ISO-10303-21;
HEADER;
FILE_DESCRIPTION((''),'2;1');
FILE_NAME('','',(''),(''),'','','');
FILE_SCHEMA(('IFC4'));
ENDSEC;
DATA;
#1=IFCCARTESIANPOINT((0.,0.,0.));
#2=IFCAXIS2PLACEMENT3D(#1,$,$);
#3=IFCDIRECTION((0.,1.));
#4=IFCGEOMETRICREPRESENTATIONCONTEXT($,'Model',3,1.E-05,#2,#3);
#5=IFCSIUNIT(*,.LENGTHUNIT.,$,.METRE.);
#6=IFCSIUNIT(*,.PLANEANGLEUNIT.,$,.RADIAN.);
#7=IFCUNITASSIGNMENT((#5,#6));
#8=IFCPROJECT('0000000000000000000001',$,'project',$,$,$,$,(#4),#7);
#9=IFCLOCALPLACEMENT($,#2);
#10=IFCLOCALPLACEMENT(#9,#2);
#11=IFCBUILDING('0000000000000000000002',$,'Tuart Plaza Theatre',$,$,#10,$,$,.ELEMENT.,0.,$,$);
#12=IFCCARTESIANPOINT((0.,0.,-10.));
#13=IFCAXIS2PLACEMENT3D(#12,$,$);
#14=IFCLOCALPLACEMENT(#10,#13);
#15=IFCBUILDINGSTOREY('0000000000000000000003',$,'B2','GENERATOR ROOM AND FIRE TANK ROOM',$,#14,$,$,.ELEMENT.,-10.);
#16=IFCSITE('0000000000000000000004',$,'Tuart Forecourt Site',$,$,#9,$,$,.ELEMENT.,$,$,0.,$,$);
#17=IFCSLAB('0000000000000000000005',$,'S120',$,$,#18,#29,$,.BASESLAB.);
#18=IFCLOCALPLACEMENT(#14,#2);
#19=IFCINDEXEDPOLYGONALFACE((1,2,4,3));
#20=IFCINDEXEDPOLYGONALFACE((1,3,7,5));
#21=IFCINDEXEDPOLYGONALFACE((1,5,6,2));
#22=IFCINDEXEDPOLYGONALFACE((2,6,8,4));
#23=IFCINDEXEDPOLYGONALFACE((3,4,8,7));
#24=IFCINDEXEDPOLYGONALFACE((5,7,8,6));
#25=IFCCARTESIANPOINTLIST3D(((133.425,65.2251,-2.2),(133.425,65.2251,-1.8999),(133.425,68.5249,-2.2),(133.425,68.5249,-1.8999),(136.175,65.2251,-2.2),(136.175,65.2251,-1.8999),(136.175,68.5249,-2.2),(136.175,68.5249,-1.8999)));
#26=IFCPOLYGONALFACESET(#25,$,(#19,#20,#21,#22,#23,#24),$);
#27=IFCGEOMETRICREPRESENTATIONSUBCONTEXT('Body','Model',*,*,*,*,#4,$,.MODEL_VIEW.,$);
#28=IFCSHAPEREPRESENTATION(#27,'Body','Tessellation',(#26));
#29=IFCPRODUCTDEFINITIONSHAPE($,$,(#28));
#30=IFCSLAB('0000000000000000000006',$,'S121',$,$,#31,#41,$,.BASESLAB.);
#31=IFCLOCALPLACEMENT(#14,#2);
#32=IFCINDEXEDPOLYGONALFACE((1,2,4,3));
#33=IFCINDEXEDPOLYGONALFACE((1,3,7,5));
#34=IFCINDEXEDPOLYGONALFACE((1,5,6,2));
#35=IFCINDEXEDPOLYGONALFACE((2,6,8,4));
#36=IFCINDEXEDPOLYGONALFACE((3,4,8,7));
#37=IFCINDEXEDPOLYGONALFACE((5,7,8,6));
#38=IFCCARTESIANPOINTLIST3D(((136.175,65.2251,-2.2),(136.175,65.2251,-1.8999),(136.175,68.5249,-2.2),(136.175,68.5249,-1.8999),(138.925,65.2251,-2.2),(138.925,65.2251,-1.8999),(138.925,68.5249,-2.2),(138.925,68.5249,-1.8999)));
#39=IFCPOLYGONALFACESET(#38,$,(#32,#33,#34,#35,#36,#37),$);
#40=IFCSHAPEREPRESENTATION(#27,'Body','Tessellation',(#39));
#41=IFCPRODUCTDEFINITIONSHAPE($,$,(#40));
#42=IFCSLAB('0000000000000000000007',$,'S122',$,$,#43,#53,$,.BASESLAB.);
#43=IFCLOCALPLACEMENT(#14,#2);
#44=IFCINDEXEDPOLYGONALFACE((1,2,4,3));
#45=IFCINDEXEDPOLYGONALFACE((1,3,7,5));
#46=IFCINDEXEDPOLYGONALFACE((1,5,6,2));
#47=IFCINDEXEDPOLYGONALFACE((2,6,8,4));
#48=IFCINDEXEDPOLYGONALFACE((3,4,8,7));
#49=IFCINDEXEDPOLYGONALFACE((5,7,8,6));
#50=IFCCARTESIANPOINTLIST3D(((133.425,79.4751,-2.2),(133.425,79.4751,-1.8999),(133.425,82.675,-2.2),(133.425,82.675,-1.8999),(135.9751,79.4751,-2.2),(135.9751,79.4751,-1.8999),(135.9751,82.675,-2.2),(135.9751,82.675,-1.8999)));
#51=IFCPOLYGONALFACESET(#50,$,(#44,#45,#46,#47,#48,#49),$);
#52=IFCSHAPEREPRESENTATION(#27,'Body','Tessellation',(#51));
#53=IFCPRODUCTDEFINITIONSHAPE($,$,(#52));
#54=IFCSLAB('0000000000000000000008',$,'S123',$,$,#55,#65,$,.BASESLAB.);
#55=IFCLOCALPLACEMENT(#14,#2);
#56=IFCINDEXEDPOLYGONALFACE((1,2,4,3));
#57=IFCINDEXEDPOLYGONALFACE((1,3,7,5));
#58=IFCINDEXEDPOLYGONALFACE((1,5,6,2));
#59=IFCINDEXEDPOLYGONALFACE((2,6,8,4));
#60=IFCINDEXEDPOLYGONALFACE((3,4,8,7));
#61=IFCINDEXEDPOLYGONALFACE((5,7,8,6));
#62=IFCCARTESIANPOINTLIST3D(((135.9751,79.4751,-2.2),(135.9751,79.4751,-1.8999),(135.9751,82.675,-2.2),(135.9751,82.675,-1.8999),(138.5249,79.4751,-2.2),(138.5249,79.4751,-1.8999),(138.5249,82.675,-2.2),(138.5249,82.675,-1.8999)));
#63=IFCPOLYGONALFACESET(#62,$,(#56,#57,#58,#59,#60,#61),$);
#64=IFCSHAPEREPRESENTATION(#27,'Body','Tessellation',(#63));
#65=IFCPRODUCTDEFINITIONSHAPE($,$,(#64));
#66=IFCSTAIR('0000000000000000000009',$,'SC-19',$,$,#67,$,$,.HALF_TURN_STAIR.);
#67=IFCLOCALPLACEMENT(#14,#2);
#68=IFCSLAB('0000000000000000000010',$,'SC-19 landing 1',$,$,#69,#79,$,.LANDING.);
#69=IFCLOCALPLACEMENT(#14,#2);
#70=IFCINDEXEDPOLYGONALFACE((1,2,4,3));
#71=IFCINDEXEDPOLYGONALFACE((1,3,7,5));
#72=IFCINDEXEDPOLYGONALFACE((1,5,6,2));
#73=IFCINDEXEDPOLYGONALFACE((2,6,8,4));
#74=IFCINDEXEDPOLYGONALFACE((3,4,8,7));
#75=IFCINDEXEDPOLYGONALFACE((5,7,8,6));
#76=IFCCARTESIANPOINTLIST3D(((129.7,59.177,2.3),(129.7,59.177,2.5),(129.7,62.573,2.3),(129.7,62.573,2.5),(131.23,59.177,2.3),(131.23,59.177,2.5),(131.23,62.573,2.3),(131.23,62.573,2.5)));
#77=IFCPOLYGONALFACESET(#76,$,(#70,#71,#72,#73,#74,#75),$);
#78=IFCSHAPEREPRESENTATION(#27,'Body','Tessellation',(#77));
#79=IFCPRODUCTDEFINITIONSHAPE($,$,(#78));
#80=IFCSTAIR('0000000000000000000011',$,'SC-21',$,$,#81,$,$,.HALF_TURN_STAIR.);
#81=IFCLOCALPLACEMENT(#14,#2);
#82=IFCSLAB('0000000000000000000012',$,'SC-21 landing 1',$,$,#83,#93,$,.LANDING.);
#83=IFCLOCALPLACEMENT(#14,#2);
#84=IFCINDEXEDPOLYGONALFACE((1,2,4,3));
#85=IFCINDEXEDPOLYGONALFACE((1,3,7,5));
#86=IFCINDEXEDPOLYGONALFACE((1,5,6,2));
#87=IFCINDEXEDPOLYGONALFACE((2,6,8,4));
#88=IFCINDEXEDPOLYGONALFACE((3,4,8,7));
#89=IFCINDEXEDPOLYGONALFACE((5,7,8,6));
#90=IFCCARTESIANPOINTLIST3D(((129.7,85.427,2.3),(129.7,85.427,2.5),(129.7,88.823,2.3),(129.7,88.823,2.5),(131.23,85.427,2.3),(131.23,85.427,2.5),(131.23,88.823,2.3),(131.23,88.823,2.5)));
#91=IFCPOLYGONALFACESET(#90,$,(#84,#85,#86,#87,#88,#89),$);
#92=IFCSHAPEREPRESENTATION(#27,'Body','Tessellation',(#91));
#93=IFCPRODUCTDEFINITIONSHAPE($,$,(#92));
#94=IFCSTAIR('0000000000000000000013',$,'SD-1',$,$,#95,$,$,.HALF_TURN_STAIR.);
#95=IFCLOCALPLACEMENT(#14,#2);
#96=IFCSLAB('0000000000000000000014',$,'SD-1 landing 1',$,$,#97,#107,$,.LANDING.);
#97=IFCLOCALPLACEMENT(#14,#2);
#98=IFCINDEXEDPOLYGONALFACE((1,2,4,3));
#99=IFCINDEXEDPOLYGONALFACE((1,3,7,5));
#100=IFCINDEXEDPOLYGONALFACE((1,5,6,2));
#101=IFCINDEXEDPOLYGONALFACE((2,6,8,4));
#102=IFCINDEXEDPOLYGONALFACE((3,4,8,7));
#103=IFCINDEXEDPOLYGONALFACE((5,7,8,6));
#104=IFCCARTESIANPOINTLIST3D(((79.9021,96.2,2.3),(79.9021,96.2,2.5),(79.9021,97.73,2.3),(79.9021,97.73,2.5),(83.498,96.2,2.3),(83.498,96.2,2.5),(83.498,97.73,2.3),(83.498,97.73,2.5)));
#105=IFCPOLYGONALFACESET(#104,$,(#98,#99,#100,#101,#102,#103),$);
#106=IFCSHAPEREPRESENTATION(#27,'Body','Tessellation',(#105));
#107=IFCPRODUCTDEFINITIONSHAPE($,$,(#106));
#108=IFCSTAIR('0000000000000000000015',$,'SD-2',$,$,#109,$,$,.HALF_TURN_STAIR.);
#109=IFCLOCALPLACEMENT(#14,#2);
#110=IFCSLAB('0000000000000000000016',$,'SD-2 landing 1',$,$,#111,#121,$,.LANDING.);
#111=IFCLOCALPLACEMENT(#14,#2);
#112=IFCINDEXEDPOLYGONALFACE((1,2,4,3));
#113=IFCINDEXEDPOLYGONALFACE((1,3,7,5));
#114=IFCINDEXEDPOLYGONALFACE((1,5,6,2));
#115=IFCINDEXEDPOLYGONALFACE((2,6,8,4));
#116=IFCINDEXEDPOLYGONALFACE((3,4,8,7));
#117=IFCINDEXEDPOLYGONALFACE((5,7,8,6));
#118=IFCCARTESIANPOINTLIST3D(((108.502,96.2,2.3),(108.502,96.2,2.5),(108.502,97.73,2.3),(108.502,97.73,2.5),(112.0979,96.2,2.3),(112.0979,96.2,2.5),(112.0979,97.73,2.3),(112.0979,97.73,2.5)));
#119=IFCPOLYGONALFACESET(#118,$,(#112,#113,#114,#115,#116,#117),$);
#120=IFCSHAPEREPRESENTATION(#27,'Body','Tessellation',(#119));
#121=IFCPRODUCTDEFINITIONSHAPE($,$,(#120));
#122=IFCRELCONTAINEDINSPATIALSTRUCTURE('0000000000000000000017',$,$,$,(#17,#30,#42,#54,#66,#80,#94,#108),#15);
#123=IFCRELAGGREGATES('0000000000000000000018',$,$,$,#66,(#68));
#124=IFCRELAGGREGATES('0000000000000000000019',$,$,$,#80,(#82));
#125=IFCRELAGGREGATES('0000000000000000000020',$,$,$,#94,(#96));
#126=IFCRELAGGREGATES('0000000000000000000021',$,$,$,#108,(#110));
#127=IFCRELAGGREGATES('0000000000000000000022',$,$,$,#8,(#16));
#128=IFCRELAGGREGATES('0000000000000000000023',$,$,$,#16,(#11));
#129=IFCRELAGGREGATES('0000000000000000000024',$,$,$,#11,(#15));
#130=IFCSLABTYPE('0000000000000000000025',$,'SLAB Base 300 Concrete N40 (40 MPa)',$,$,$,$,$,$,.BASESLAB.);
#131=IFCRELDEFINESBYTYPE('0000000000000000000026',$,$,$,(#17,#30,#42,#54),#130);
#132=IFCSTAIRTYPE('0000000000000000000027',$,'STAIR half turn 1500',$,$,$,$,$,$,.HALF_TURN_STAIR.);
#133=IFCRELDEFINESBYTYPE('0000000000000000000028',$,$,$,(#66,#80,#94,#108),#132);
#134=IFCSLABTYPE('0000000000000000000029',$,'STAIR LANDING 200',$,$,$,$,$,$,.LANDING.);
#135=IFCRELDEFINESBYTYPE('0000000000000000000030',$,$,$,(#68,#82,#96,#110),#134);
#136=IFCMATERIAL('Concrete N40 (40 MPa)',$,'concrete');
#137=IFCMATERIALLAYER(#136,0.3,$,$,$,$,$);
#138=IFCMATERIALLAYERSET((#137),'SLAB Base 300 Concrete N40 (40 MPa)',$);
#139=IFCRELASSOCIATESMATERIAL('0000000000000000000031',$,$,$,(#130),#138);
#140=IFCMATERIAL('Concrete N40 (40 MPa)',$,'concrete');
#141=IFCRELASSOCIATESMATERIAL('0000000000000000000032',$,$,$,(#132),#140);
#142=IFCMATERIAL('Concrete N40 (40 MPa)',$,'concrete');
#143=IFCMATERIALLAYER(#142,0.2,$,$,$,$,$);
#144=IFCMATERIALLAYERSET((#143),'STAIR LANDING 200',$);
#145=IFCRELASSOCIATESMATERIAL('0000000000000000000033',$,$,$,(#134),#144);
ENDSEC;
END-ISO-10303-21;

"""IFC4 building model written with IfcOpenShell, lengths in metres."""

from ifc_helpers import new_model, si_unit, direction, frame, origin, place, context, subcontext, project, spatial, polyline, outline, extrude, material, layer, layer_set, type_object, element, aggregate, save


model = new_model("IFC4")

# Units and contexts
model_context = context("Model", 3, precision=1e-05, world=origin(), true_north=direction((0.0, 1.0)))
body_context = subcontext(model_context, "Body", "Model", "MODEL_VIEW")
ifc_project = project(units=[si_unit("LENGTHUNIT", "METRE"), si_unit("PLANEANGLEUNIT", "RADIAN")], contexts=[model_context])

# Site, building, storey
site_placement = place(None, origin())
site = spatial("IfcSite", under=ifc_project, at=site_placement, Name="Tuart Forecourt Site", CompositionType="ELEMENT", RefElevation=0.0)
building_placement = place(site_placement, origin())
building = spatial("IfcBuilding", under=site, at=building_placement, Name="Tuart Plaza Theatre", CompositionType="ELEMENT", ElevationOfRefHeight=0.0)
storey_placement = place(building_placement, frame((0.0, 0.0, -10.0)))
storey = spatial("IfcBuildingStorey", under=building, at=storey_placement, Name="B2", Description="GENERATOR ROOM AND FIRE TANK ROOM", CompositionType="ELEMENT", Elevation=-10.0)

# Slabs
ifc_material_1 = material(Name="Concrete N40 (40 MPa)", Category="concrete")
ifc_layer_1 = layer(ifc_material_1, 0.3)
ifc_layer_set_1 = layer_set([ifc_layer_1], Name="SLAB Base 300 Concrete N40 (40 MPa)")
slab_type_1 = type_object("IfcSlabType", Name="SLAB Base 300 Concrete N40 (40 MPa)", PredefinedType="BASESLAB", material=ifc_layer_set_1)
slab_1_placement = place(storey_placement, frame((0.0, 0.0, -2.2)))
element("IfcSlab", 1, at=slab_1_placement, inside=storey, type_object=slab_type_1, Name="S120", PredefinedType="BASESLAB", context=body_context, shape_type="SweptSolid", body=[
    extrude(outline(polyline([(136.175, 65.2251), (136.175, 68.5249), (133.425, 68.5249), (133.425, 65.2251), (136.175, 65.2251)])), origin(), (0.0, 0.0, 1.0), 0.3),
])
slab_2_placement = place(storey_placement, frame((0.0, 0.0, -2.2)))
element("IfcSlab", 2, at=slab_2_placement, inside=storey, type_object=slab_type_1, Name="S121", PredefinedType="BASESLAB", context=body_context, shape_type="SweptSolid", body=[
    extrude(outline(polyline([(138.925, 65.2251), (138.925, 68.5249), (136.175, 68.5249), (136.175, 65.2251), (138.925, 65.2251)])), origin(), (0.0, 0.0, 1.0), 0.3),
])
slab_3_placement = place(storey_placement, frame((0.0, 0.0, -2.2)))
element("IfcSlab", 3, at=slab_3_placement, inside=storey, type_object=slab_type_1, Name="S122", PredefinedType="BASESLAB", context=body_context, shape_type="SweptSolid", body=[
    extrude(outline(polyline([(135.9751, 79.4751), (135.9751, 82.675), (133.425, 82.675), (133.425, 79.4751), (135.9751, 79.4751)])), origin(), (0.0, 0.0, 1.0), 0.3),
])
slab_4_placement = place(storey_placement, frame((0.0, 0.0, -2.2)))
element("IfcSlab", 4, at=slab_4_placement, inside=storey, type_object=slab_type_1, Name="S123", PredefinedType="BASESLAB", context=body_context, shape_type="SweptSolid", body=[
    extrude(outline(polyline([(138.5249, 79.4751), (138.5249, 82.675), (135.9751, 82.675), (135.9751, 79.4751), (138.5249, 79.4751)])), origin(), (0.0, 0.0, 1.0), 0.3),
])

# Stairs, slabs
ifc_material_2 = material(Name="Concrete N40 (40 MPa)", Category="concrete")
stair_type = type_object("IfcStairType", Name="STAIR half turn 1500", PredefinedType="HALF_TURN_STAIR", material=ifc_material_2)
stair_1_placement = place(storey_placement, origin())
stair_1 = element("IfcStair", 5, at=stair_1_placement, inside=storey, type_object=stair_type, Name="SC-19", PredefinedType="HALF_TURN_STAIR")
ifc_material_3 = material(Name="Concrete N40 (40 MPa)", Category="concrete")
ifc_layer_2 = layer(ifc_material_3, 0.2)
ifc_layer_set_2 = layer_set([ifc_layer_2], Name="STAIR LANDING 200")
slab_type_2 = type_object("IfcSlabType", Name="STAIR LANDING 200", PredefinedType="LANDING", material=ifc_layer_set_2)
slab_5_placement = place(storey_placement, frame((0.0, 0.0, 2.3)))
slab_5 = element("IfcSlab", 6, at=slab_5_placement, type_object=slab_type_2, Name="SC-19 landing 1", PredefinedType="LANDING", context=body_context, shape_type="SweptSolid", body=[
    extrude(outline(polyline([(129.7, 59.177), (131.23, 59.177), (131.23, 62.573), (129.7, 62.573), (129.7, 59.177)])), origin(), (0.0, 0.0, 1.0), 0.2),
])
aggregate(stair_1, [slab_5])
stair_2_placement = place(storey_placement, origin())
stair_2 = element("IfcStair", 7, at=stair_2_placement, inside=storey, type_object=stair_type, Name="SC-21", PredefinedType="HALF_TURN_STAIR")
slab_6_placement = place(storey_placement, frame((0.0, 0.0, 2.3)))
slab_6 = element("IfcSlab", 8, at=slab_6_placement, type_object=slab_type_2, Name="SC-21 landing 1", PredefinedType="LANDING", context=body_context, shape_type="SweptSolid", body=[
    extrude(outline(polyline([(129.7, 85.427), (131.23, 85.427), (131.23, 88.823), (129.7, 88.823), (129.7, 85.427)])), origin(), (0.0, 0.0, 1.0), 0.2),
])
aggregate(stair_2, [slab_6])
stair_3_placement = place(storey_placement, origin())
stair_3 = element("IfcStair", 9, at=stair_3_placement, inside=storey, type_object=stair_type, Name="SD-1", PredefinedType="HALF_TURN_STAIR")
slab_7_placement = place(storey_placement, frame((0.0, 0.0, 2.3)))
slab_7 = element("IfcSlab", 10, at=slab_7_placement, type_object=slab_type_2, Name="SD-1 landing 1", PredefinedType="LANDING", context=body_context, shape_type="SweptSolid", body=[
    extrude(outline(polyline([(83.498, 96.2), (83.498, 97.73), (79.9021, 97.73), (79.9021, 96.2), (83.498, 96.2)])), origin(), (0.0, 0.0, 1.0), 0.2),
])
aggregate(stair_3, [slab_7])
stair_4_placement = place(storey_placement, origin())
stair_4 = element("IfcStair", 11, at=stair_4_placement, inside=storey, type_object=stair_type, Name="SD-2", PredefinedType="HALF_TURN_STAIR")
slab_8_placement = place(storey_placement, frame((0.0, 0.0, 2.3)))
slab_8 = element("IfcSlab", 12, at=slab_8_placement, type_object=slab_type_2, Name="SD-2 landing 1", PredefinedType="LANDING", context=body_context, shape_type="SweptSolid", body=[
    extrude(outline(polyline([(112.0979, 96.2), (112.0979, 97.73), (108.502, 97.73), (108.502, 96.2), (112.0979, 96.2)])), origin(), (0.0, 0.0, 1.0), 0.2),
])
aggregate(stair_4, [slab_8])

save(model, "model.ifc")
